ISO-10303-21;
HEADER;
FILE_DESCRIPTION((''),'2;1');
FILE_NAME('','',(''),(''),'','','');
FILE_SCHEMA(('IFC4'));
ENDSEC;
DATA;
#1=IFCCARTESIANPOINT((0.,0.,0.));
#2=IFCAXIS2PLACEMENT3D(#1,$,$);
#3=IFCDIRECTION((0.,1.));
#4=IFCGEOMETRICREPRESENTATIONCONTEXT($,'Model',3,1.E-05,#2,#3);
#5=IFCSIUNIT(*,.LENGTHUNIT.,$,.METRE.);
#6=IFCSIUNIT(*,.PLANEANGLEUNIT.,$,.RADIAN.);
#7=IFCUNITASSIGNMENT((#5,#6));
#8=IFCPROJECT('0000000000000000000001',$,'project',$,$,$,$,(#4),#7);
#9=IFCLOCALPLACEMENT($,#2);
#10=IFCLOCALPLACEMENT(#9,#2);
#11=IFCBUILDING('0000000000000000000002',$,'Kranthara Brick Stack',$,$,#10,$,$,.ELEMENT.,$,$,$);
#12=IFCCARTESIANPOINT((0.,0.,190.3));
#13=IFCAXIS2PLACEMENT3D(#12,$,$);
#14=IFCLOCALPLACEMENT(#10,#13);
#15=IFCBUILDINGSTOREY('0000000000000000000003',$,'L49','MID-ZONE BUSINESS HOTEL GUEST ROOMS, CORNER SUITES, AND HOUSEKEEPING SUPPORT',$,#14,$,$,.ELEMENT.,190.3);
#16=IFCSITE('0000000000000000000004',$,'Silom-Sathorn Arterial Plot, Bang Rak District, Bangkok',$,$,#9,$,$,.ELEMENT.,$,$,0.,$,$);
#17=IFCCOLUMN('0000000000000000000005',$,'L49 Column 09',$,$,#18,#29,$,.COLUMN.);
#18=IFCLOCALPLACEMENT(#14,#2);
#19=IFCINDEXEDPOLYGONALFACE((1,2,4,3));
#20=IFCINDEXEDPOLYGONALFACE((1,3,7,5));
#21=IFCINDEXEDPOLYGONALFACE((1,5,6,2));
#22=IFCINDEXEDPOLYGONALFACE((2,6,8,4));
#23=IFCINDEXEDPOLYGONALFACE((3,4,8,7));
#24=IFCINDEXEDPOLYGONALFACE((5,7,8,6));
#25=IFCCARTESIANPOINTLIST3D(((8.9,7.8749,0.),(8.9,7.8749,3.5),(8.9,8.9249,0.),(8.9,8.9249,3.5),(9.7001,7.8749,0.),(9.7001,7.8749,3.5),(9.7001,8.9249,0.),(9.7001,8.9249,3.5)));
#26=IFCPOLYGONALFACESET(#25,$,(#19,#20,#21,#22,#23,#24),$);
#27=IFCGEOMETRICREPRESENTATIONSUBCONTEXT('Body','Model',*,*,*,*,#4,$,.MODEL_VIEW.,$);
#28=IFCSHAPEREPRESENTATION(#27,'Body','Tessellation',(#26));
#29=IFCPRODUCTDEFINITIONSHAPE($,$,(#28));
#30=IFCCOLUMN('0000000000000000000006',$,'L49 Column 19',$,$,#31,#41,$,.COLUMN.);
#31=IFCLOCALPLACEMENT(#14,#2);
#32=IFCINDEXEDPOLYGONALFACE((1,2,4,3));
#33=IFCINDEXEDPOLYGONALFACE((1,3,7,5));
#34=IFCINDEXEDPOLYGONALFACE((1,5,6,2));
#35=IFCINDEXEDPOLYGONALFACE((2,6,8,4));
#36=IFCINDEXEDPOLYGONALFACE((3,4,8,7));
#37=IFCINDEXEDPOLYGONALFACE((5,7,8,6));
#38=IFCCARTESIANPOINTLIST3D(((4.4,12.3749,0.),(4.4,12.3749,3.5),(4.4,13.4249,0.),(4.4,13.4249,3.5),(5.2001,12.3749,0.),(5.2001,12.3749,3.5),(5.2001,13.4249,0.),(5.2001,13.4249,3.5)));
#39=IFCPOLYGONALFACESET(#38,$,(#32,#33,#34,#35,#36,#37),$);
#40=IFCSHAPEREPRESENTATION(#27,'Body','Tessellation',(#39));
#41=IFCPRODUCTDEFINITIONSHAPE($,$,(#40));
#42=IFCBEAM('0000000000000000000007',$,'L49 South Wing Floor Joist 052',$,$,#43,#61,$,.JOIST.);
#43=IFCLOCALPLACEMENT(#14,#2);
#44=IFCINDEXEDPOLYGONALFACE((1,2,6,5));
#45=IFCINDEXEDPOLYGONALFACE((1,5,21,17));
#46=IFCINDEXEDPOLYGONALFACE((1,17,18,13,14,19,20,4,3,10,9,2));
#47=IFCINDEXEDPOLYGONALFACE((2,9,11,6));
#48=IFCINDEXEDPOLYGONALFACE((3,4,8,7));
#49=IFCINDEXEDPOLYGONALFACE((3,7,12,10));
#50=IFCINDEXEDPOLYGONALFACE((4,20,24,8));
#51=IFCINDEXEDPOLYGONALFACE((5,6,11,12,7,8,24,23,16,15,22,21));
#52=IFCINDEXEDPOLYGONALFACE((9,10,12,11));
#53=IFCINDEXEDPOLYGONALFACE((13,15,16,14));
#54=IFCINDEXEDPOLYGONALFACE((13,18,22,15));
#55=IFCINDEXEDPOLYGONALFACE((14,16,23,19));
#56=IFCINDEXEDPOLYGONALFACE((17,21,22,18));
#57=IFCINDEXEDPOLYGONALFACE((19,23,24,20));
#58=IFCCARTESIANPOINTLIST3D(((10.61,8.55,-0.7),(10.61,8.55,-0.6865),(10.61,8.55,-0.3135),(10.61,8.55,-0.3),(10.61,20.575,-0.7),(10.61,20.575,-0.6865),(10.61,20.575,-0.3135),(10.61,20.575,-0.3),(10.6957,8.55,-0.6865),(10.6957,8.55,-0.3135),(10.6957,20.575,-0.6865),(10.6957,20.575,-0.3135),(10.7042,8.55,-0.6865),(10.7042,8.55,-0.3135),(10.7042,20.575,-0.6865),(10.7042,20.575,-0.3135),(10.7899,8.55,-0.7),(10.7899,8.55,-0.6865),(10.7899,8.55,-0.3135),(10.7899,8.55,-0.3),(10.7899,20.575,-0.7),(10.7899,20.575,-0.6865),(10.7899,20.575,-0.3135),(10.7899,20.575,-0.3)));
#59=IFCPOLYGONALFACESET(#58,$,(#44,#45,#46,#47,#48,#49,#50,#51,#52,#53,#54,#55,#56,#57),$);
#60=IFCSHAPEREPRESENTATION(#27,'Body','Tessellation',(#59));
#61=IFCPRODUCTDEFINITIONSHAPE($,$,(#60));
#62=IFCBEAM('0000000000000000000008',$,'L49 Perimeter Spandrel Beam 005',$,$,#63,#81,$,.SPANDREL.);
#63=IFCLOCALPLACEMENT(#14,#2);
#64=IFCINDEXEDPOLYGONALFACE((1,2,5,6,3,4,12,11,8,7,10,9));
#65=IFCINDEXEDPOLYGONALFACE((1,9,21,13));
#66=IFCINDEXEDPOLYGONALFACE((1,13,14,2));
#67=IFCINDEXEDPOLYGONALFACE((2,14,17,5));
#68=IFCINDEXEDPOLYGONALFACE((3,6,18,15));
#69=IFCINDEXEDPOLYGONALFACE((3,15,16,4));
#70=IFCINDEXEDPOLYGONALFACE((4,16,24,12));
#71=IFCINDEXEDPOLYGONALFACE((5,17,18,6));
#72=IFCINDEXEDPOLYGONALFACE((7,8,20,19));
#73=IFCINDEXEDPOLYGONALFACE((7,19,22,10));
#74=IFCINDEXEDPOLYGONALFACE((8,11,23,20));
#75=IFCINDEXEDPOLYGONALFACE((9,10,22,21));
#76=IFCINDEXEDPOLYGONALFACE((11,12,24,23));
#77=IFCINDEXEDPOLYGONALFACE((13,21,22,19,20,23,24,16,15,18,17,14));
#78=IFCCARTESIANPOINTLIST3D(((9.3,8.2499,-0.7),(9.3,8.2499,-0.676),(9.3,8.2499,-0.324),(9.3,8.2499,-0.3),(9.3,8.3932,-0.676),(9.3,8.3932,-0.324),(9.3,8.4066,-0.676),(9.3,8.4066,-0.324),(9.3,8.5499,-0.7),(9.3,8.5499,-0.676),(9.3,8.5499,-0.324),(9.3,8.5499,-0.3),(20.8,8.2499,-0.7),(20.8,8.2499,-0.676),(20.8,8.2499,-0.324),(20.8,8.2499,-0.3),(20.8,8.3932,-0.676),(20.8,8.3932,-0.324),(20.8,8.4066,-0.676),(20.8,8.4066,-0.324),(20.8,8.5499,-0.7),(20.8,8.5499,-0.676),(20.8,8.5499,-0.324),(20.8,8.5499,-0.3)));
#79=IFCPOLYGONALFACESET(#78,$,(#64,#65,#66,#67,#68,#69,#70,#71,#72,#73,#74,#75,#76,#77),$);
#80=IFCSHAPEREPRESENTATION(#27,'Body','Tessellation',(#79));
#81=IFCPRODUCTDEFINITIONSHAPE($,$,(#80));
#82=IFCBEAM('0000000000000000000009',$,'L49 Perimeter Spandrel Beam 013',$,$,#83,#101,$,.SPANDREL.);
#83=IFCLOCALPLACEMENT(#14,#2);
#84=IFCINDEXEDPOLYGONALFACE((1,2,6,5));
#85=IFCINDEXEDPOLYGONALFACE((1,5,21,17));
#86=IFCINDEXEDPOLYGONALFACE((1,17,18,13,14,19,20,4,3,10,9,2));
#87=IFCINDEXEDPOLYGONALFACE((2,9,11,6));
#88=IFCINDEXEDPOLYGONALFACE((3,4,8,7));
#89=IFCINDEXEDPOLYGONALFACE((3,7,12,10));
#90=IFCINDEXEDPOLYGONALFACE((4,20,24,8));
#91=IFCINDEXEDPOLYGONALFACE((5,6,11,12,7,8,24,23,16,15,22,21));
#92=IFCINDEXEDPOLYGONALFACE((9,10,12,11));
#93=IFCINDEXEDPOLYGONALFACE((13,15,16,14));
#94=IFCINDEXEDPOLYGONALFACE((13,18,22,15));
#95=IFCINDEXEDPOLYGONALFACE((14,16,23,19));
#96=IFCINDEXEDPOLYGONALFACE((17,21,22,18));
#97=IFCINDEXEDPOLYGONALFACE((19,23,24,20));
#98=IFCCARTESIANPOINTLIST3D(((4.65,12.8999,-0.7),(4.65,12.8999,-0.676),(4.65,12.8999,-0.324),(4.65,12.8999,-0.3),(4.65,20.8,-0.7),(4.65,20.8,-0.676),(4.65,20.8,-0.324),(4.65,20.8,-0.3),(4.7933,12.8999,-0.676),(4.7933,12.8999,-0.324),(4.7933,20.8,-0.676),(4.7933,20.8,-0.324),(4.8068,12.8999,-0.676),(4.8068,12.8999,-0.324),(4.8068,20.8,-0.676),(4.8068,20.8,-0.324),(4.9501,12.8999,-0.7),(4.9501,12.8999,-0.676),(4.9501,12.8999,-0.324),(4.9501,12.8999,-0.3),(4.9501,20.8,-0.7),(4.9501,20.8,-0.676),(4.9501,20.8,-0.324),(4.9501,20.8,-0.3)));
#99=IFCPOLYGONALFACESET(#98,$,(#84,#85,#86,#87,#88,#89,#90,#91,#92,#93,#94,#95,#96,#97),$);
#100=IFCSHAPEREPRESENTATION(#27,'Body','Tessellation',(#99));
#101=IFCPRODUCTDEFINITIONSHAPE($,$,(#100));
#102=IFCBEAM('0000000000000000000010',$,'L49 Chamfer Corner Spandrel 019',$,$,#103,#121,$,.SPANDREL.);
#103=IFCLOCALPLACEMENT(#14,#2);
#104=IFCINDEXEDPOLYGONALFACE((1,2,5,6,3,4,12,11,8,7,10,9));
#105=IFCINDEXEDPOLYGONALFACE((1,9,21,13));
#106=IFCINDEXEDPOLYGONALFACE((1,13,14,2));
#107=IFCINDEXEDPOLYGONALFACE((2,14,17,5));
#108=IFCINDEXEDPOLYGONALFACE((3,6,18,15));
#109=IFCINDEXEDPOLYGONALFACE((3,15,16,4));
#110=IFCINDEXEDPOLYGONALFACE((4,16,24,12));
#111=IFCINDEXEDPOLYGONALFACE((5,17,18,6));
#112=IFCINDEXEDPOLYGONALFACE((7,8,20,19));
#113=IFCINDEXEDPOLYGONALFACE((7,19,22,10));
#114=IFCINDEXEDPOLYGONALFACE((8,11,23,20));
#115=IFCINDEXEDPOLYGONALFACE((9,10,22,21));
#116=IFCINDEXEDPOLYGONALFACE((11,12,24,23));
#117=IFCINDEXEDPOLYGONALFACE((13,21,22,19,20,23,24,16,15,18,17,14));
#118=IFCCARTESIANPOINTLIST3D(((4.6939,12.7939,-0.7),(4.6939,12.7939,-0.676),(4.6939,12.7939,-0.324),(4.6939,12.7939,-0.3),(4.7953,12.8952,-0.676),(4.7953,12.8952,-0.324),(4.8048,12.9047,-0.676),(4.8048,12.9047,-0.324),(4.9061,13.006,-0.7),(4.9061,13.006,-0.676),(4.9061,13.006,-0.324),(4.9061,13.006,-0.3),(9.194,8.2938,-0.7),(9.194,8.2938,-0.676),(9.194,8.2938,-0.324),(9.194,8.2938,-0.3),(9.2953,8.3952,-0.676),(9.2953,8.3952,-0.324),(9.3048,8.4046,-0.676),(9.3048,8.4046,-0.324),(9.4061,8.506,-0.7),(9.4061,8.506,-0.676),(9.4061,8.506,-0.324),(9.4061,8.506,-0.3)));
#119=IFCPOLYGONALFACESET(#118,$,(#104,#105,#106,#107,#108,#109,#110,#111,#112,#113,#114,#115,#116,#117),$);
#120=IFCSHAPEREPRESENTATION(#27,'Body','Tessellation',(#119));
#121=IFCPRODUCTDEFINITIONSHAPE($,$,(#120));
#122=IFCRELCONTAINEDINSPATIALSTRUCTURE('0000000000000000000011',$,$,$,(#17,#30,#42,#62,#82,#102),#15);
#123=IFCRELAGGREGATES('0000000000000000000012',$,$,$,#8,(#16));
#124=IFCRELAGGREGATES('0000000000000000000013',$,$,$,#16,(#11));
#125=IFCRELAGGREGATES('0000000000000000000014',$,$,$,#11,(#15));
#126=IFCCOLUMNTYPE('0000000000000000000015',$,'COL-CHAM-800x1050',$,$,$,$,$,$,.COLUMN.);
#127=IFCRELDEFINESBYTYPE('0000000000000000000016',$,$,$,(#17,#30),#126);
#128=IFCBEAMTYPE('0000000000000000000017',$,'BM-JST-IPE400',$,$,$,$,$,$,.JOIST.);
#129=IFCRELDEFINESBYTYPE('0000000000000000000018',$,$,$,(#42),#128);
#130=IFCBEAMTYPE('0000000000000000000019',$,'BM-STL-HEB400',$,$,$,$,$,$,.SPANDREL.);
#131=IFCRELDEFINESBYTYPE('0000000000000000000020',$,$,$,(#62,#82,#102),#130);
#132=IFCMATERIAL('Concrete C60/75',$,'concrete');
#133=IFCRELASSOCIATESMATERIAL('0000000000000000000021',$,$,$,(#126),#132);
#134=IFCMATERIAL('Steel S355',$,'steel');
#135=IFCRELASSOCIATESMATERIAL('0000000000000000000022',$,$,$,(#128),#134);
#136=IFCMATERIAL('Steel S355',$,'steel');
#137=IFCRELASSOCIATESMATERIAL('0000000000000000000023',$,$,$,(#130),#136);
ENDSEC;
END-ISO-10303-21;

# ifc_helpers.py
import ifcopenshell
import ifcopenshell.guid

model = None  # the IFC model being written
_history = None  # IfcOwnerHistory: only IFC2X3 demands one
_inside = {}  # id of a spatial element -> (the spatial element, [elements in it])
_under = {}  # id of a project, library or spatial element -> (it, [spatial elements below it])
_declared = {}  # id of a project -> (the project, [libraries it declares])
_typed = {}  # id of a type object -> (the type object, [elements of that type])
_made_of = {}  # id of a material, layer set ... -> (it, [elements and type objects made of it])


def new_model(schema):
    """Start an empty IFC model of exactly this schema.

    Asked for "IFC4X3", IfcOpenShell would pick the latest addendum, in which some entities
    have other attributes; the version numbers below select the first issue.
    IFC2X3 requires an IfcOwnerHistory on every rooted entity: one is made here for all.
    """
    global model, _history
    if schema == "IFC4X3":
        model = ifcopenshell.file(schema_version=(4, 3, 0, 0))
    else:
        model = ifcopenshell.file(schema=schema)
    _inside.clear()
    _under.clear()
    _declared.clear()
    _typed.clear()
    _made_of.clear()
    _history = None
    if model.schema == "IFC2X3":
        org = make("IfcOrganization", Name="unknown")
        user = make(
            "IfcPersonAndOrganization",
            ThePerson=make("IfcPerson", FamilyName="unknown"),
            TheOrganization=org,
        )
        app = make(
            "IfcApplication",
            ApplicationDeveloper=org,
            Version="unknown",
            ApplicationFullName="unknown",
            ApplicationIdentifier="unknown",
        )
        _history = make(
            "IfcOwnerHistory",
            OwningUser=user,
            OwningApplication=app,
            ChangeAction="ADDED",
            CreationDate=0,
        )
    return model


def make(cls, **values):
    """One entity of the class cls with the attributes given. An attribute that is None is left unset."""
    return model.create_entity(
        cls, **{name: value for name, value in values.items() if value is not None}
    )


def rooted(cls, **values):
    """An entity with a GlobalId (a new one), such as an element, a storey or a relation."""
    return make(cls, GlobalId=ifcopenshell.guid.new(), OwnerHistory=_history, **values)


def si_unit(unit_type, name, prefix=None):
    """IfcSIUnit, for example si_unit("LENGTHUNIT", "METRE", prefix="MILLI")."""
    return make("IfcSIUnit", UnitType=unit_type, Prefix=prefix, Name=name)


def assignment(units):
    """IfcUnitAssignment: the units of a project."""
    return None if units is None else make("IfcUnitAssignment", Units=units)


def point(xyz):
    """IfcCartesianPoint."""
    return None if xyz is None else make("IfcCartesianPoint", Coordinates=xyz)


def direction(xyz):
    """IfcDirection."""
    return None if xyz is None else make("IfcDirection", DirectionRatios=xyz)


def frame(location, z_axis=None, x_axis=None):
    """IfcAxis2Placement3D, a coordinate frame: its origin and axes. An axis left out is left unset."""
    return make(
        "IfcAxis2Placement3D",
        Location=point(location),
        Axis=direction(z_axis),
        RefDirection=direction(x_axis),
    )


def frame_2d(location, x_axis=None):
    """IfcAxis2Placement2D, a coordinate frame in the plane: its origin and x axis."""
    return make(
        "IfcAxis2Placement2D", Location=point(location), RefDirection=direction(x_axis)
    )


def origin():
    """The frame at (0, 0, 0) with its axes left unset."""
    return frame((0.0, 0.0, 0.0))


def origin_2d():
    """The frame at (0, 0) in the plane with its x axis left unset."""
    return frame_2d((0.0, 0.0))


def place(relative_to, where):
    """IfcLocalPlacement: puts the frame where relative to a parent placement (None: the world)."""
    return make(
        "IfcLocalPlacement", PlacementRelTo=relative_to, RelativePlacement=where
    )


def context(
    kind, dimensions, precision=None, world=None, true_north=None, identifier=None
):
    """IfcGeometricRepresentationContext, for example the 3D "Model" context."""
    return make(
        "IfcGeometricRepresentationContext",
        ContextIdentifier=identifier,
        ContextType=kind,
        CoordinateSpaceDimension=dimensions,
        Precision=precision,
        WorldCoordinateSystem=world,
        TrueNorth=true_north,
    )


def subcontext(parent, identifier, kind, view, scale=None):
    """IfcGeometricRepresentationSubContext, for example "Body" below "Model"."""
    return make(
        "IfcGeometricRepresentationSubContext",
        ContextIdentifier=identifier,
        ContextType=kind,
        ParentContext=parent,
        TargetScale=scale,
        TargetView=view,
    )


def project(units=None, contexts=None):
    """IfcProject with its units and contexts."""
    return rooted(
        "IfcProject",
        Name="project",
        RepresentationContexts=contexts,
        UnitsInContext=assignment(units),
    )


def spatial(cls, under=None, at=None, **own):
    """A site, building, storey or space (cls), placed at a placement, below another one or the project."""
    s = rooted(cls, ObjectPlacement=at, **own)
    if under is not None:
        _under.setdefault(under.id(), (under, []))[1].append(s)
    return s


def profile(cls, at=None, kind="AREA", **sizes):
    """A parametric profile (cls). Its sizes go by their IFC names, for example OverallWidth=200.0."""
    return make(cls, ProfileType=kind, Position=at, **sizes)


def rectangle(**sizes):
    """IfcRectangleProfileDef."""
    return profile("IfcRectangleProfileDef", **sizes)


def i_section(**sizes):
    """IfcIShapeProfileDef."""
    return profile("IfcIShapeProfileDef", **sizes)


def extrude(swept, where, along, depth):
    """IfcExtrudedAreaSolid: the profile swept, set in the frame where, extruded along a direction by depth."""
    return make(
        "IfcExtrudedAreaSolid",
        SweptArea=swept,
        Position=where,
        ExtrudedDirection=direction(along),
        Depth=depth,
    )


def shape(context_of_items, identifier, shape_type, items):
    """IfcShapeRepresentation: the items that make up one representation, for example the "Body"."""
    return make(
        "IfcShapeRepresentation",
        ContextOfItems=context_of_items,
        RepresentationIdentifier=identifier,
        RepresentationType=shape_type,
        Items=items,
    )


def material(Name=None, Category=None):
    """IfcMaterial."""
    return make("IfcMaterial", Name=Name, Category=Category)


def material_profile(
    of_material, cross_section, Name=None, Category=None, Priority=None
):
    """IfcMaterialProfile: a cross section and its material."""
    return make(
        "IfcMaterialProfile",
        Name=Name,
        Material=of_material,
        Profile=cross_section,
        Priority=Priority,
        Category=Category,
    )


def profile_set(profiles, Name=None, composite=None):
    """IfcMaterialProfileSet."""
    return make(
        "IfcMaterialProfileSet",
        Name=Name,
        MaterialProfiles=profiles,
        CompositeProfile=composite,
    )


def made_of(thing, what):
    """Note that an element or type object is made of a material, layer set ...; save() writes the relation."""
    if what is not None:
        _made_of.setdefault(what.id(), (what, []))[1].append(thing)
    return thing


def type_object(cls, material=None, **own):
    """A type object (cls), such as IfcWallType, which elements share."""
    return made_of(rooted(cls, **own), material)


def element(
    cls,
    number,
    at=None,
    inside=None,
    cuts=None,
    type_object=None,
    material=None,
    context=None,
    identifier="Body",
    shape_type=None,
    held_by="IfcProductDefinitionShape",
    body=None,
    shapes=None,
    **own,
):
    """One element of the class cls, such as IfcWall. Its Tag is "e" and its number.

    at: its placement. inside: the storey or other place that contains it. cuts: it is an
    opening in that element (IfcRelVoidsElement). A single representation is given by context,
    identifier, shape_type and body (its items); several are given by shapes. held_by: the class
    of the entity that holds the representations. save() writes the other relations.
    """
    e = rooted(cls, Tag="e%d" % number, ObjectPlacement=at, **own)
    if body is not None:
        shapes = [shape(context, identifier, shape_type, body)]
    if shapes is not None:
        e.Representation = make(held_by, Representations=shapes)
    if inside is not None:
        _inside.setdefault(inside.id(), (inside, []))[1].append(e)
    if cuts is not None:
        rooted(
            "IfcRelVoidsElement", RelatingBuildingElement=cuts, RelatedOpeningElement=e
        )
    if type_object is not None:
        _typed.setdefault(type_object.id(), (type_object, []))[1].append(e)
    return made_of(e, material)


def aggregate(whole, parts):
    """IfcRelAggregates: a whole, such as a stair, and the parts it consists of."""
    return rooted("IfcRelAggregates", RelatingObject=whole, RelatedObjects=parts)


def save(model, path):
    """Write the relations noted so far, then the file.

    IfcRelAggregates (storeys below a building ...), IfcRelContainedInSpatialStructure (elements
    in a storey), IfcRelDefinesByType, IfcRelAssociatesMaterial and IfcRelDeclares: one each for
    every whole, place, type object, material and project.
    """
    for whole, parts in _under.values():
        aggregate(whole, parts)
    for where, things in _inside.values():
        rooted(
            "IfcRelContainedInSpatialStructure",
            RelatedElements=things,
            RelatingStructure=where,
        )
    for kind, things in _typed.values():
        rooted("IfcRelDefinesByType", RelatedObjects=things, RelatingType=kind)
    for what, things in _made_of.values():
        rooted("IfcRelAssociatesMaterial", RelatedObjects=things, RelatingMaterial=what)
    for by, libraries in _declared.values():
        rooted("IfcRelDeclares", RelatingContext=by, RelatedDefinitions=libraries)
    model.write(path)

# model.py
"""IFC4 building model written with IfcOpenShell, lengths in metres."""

from ifc_helpers import new_model, si_unit, direction, frame, origin, origin_2d, place, context, subcontext, project, spatial, rectangle, i_section, extrude, material, material_profile, profile_set, type_object, element, save


model = new_model("IFC4")

# Units and contexts
model_context = context("Model", 3, precision=1e-05, world=origin(), true_north=direction((0.0, 1.0)))
body_context = subcontext(model_context, "Body", "Model", "MODEL_VIEW")
ifc_project = project(units=[si_unit("LENGTHUNIT", "METRE"), si_unit("PLANEANGLEUNIT", "RADIAN")], contexts=[model_context])

# Site, building, storey
site_placement = place(None, origin())
site = spatial("IfcSite", under=ifc_project, at=site_placement, Name="Silom-Sathorn Arterial Plot, Bang Rak District, Bangkok", CompositionType="ELEMENT", RefElevation=0.0)
building_placement = place(site_placement, origin())
building = spatial("IfcBuilding", under=site, at=building_placement, Name="Kranthara Brick Stack", CompositionType="ELEMENT")
storey_placement = place(building_placement, frame((0.0, 0.0, 190.3)))
storey = spatial("IfcBuildingStorey", under=building, at=storey_placement, Name="L49", Description="MID-ZONE BUSINESS HOTEL GUEST ROOMS, CORNER SUITES, AND HOUSEKEEPING SUPPORT", CompositionType="ELEMENT", Elevation=190.3)

# Columns
ifc_material_1 = material(Name="Concrete C60/75", Category="concrete")
ifc_material_profile_1 = material_profile(ifc_material_1, rectangle(XDim=0.8, YDim=1.05, at=origin_2d()), Name="RC 800x1050")
ifc_profile_set_1 = profile_set([ifc_material_profile_1], Name="Concrete C60/75")
column_type = type_object("IfcColumnType", Name="COL-CHAM-800x1050", PredefinedType="COLUMN", material=ifc_profile_set_1)
for number, where, z_axis, x_axis, name in (
    (1, (9.3, 8.3999, 0.0), (0.0, 0.0, 1.0), (1.0, 0.0, 0.0), "L49 Column 09"),
    (2, (4.8, 12.8999, 0.0), (0.0, 0.0, 1.0), (1.0, 0.0, 0.0), "L49 Column 19"),
):
    element("IfcColumn", number, at=place(storey_placement, frame(where, z_axis=z_axis, x_axis=x_axis)), inside=storey, type_object=column_type, Name=name, PredefinedType="COLUMN", context=body_context, shape_type="SweptSolid", body=[
        extrude(rectangle(XDim=0.8, YDim=1.05, at=origin_2d()), origin(), (0.0, 0.0, 1.0), 3.5),
    ])

# Beams
ifc_material_2 = material(Name="Steel S355", Category="steel")
ifc_material_profile_2 = material_profile(ifc_material_2, i_section(OverallWidth=0.1799, OverallDepth=0.3999, WebThickness=0.0085, FlangeThickness=0.0134, at=origin_2d()), Name="IPE 400")
ifc_profile_set_2 = profile_set([ifc_material_profile_2], Name="Steel S355")
beam_type_1 = type_object("IfcBeamType", Name="BM-JST-IPE400", PredefinedType="JOIST", material=ifc_profile_set_2)
beam_1_placement = place(storey_placement, frame((10.7, 8.55, -0.5), z_axis=(0.0, 1.0, 0.0), x_axis=(-1.0, 0.0, 0.0)))
element("IfcBeam", 3, at=beam_1_placement, inside=storey, type_object=beam_type_1, Name="L49 South Wing Floor Joist 052", PredefinedType="JOIST", context=body_context, shape_type="SweptSolid", body=[
    extrude(i_section(OverallWidth=0.1799, OverallDepth=0.3999, WebThickness=0.0085, FlangeThickness=0.0134, at=origin_2d()), origin(), (0.0, 0.0, 1.0), 12.0249),
])
ifc_material_3 = material(Name="Steel S355", Category="steel")
ifc_material_profile_3 = material_profile(ifc_material_3, i_section(OverallWidth=0.3, OverallDepth=0.3999, WebThickness=0.0134, FlangeThickness=0.0239, at=origin_2d()), Name="HEB 400")
ifc_profile_set_3 = profile_set([ifc_material_profile_3], Name="Steel S355")
beam_type_2 = type_object("IfcBeamType", Name="BM-STL-HEB400", PredefinedType="SPANDREL", material=ifc_profile_set_3)
beam_2_placement = place(storey_placement, frame((9.3, 8.3999, -0.5), z_axis=(1.0, 0.0, 0.0), x_axis=(0.0, 1.0, 0.0)))
element("IfcBeam", 4, at=beam_2_placement, inside=storey, type_object=beam_type_2, Name="L49 Perimeter Spandrel Beam 005", PredefinedType="SPANDREL", context=body_context, shape_type="SweptSolid", body=[
    extrude(i_section(OverallWidth=0.3, OverallDepth=0.3999, WebThickness=0.0134, FlangeThickness=0.0239, at=origin_2d()), origin(), (0.0, 0.0, 1.0), 11.5),
])
beam_3_placement = place(storey_placement, frame((4.8, 12.8999, -0.5), z_axis=(0.0, 1.0, 0.0), x_axis=(-1.0, 0.0, 0.0)))
element("IfcBeam", 5, at=beam_3_placement, inside=storey, type_object=beam_type_2, Name="L49 Perimeter Spandrel Beam 013", PredefinedType="SPANDREL", context=body_context, shape_type="SweptSolid", body=[
    extrude(i_section(OverallWidth=0.3, OverallDepth=0.3999, WebThickness=0.0134, FlangeThickness=0.0239, at=origin_2d()), origin(), (0.0, 0.0, 1.0), 7.9001),
])
beam_4_placement = place(storey_placement, frame((9.3, 8.3999, -0.5), z_axis=(-0.707107, 0.707107, 0.0), x_axis=(-0.707107, -0.707107, 0.0)))
element("IfcBeam", 6, at=beam_4_placement, inside=storey, type_object=beam_type_2, Name="L49 Chamfer Corner Spandrel 019", PredefinedType="SPANDREL", context=body_context, shape_type="SweptSolid", body=[
    extrude(i_section(OverallWidth=0.3, OverallDepth=0.3999, WebThickness=0.0134, FlangeThickness=0.0239, at=origin_2d()), origin(), (0.0, 0.0, 1.0), 6.364),
])

save(model, "model.ifc")
